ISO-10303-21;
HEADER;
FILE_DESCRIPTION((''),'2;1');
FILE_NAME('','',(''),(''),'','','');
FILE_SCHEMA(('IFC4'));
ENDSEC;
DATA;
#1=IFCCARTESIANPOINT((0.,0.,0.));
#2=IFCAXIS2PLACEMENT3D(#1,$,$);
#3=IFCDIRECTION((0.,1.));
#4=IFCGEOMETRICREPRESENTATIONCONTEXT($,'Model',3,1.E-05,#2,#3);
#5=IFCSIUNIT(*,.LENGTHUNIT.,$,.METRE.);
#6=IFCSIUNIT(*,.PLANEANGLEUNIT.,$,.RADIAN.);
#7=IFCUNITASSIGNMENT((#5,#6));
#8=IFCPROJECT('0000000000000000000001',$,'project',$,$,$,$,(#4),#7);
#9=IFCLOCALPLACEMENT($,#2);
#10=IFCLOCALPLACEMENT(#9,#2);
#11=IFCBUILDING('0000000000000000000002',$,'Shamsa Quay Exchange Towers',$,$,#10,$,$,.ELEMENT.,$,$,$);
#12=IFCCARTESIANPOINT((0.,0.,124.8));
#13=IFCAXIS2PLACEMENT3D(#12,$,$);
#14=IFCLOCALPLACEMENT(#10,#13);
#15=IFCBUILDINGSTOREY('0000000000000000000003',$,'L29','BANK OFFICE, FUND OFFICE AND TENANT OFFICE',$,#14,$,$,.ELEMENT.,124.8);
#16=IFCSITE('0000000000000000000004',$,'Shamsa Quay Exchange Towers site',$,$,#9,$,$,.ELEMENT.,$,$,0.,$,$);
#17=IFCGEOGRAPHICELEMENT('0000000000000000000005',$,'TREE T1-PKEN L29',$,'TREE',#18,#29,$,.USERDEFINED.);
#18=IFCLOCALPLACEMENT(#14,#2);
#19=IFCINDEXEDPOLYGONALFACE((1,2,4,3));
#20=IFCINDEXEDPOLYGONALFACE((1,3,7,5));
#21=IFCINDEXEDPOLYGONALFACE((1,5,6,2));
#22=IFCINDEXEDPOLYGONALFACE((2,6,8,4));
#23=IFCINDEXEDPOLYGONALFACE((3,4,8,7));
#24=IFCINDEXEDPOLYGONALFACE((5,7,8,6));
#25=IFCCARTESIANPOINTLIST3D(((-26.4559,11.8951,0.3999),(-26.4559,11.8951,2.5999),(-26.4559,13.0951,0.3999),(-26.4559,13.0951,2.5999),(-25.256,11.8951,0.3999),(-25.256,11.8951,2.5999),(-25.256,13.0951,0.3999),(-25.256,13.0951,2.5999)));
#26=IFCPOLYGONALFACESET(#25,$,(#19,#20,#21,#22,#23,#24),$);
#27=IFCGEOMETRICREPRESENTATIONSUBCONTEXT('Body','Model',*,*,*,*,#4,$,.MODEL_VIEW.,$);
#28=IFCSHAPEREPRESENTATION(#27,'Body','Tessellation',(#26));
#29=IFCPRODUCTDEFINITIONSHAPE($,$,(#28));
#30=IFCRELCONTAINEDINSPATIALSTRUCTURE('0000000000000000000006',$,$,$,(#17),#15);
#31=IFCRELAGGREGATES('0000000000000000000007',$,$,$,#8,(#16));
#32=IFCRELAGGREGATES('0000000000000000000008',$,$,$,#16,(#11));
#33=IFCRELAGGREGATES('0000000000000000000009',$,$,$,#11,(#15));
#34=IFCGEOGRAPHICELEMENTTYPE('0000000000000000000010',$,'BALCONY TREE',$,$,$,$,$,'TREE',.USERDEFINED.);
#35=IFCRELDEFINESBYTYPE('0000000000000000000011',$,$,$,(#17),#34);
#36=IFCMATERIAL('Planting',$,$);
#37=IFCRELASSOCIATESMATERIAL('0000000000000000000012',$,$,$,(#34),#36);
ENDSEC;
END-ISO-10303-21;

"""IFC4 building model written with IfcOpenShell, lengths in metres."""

from ifc_helpers import new_model, si_unit, direction, frame, origin, origin_2d, place, context, subcontext, project, spatial, rectangle, extrude, material, type_object, element, save


model = new_model("IFC4")

# Units and contexts
model_context = context("Model", 3, precision=1e-05, world=origin(), true_north=direction((0.0, 1.0)))
body_context = subcontext(model_context, "Body", "Model", "MODEL_VIEW")
ifc_project = project(units=[si_unit("LENGTHUNIT", "METRE"), si_unit("PLANEANGLEUNIT", "RADIAN")], contexts=[model_context])

# Site, building, storey
site_placement = place(None, origin())
site = spatial("IfcSite", under=ifc_project, at=site_placement, Name="Shamsa Quay Exchange Towers site", CompositionType="ELEMENT", RefElevation=0.0)
building_placement = place(site_placement, origin())
building = spatial("IfcBuilding", under=site, at=building_placement, Name="Shamsa Quay Exchange Towers", CompositionType="ELEMENT")
storey_placement = place(building_placement, frame((0.0, 0.0, 124.8)))
storey = spatial("IfcBuildingStorey", under=building, at=storey_placement, Name="L29", Description="BANK OFFICE, FUND OFFICE AND TENANT OFFICE", CompositionType="ELEMENT", Elevation=124.8)

# Geographic element
ifc_material_1 = material(Name="Planting")
geographic_element_type = type_object("IfcGeographicElementType", Name="BALCONY TREE", ElementType="TREE", PredefinedType="USERDEFINED", material=ifc_material_1)
geographic_element_placement = place(storey_placement, frame((-25.856, 12.4951, 0.3999), z_axis=(0.0, 0.0, 1.0), x_axis=(-1.0, 0.0, 0.0)))
element("IfcGeographicElement", 1, at=geographic_element_placement, inside=storey, type_object=geographic_element_type, Name="TREE T1-PKEN L29", ObjectType="TREE", PredefinedType="USERDEFINED", context=body_context, shape_type="SweptSolid", body=[
    extrude(rectangle(XDim=1.2, YDim=1.2, at=origin_2d()), origin(), (0.0, 0.0, 1.0), 2.2),
])

save(model, "model.ifc")
